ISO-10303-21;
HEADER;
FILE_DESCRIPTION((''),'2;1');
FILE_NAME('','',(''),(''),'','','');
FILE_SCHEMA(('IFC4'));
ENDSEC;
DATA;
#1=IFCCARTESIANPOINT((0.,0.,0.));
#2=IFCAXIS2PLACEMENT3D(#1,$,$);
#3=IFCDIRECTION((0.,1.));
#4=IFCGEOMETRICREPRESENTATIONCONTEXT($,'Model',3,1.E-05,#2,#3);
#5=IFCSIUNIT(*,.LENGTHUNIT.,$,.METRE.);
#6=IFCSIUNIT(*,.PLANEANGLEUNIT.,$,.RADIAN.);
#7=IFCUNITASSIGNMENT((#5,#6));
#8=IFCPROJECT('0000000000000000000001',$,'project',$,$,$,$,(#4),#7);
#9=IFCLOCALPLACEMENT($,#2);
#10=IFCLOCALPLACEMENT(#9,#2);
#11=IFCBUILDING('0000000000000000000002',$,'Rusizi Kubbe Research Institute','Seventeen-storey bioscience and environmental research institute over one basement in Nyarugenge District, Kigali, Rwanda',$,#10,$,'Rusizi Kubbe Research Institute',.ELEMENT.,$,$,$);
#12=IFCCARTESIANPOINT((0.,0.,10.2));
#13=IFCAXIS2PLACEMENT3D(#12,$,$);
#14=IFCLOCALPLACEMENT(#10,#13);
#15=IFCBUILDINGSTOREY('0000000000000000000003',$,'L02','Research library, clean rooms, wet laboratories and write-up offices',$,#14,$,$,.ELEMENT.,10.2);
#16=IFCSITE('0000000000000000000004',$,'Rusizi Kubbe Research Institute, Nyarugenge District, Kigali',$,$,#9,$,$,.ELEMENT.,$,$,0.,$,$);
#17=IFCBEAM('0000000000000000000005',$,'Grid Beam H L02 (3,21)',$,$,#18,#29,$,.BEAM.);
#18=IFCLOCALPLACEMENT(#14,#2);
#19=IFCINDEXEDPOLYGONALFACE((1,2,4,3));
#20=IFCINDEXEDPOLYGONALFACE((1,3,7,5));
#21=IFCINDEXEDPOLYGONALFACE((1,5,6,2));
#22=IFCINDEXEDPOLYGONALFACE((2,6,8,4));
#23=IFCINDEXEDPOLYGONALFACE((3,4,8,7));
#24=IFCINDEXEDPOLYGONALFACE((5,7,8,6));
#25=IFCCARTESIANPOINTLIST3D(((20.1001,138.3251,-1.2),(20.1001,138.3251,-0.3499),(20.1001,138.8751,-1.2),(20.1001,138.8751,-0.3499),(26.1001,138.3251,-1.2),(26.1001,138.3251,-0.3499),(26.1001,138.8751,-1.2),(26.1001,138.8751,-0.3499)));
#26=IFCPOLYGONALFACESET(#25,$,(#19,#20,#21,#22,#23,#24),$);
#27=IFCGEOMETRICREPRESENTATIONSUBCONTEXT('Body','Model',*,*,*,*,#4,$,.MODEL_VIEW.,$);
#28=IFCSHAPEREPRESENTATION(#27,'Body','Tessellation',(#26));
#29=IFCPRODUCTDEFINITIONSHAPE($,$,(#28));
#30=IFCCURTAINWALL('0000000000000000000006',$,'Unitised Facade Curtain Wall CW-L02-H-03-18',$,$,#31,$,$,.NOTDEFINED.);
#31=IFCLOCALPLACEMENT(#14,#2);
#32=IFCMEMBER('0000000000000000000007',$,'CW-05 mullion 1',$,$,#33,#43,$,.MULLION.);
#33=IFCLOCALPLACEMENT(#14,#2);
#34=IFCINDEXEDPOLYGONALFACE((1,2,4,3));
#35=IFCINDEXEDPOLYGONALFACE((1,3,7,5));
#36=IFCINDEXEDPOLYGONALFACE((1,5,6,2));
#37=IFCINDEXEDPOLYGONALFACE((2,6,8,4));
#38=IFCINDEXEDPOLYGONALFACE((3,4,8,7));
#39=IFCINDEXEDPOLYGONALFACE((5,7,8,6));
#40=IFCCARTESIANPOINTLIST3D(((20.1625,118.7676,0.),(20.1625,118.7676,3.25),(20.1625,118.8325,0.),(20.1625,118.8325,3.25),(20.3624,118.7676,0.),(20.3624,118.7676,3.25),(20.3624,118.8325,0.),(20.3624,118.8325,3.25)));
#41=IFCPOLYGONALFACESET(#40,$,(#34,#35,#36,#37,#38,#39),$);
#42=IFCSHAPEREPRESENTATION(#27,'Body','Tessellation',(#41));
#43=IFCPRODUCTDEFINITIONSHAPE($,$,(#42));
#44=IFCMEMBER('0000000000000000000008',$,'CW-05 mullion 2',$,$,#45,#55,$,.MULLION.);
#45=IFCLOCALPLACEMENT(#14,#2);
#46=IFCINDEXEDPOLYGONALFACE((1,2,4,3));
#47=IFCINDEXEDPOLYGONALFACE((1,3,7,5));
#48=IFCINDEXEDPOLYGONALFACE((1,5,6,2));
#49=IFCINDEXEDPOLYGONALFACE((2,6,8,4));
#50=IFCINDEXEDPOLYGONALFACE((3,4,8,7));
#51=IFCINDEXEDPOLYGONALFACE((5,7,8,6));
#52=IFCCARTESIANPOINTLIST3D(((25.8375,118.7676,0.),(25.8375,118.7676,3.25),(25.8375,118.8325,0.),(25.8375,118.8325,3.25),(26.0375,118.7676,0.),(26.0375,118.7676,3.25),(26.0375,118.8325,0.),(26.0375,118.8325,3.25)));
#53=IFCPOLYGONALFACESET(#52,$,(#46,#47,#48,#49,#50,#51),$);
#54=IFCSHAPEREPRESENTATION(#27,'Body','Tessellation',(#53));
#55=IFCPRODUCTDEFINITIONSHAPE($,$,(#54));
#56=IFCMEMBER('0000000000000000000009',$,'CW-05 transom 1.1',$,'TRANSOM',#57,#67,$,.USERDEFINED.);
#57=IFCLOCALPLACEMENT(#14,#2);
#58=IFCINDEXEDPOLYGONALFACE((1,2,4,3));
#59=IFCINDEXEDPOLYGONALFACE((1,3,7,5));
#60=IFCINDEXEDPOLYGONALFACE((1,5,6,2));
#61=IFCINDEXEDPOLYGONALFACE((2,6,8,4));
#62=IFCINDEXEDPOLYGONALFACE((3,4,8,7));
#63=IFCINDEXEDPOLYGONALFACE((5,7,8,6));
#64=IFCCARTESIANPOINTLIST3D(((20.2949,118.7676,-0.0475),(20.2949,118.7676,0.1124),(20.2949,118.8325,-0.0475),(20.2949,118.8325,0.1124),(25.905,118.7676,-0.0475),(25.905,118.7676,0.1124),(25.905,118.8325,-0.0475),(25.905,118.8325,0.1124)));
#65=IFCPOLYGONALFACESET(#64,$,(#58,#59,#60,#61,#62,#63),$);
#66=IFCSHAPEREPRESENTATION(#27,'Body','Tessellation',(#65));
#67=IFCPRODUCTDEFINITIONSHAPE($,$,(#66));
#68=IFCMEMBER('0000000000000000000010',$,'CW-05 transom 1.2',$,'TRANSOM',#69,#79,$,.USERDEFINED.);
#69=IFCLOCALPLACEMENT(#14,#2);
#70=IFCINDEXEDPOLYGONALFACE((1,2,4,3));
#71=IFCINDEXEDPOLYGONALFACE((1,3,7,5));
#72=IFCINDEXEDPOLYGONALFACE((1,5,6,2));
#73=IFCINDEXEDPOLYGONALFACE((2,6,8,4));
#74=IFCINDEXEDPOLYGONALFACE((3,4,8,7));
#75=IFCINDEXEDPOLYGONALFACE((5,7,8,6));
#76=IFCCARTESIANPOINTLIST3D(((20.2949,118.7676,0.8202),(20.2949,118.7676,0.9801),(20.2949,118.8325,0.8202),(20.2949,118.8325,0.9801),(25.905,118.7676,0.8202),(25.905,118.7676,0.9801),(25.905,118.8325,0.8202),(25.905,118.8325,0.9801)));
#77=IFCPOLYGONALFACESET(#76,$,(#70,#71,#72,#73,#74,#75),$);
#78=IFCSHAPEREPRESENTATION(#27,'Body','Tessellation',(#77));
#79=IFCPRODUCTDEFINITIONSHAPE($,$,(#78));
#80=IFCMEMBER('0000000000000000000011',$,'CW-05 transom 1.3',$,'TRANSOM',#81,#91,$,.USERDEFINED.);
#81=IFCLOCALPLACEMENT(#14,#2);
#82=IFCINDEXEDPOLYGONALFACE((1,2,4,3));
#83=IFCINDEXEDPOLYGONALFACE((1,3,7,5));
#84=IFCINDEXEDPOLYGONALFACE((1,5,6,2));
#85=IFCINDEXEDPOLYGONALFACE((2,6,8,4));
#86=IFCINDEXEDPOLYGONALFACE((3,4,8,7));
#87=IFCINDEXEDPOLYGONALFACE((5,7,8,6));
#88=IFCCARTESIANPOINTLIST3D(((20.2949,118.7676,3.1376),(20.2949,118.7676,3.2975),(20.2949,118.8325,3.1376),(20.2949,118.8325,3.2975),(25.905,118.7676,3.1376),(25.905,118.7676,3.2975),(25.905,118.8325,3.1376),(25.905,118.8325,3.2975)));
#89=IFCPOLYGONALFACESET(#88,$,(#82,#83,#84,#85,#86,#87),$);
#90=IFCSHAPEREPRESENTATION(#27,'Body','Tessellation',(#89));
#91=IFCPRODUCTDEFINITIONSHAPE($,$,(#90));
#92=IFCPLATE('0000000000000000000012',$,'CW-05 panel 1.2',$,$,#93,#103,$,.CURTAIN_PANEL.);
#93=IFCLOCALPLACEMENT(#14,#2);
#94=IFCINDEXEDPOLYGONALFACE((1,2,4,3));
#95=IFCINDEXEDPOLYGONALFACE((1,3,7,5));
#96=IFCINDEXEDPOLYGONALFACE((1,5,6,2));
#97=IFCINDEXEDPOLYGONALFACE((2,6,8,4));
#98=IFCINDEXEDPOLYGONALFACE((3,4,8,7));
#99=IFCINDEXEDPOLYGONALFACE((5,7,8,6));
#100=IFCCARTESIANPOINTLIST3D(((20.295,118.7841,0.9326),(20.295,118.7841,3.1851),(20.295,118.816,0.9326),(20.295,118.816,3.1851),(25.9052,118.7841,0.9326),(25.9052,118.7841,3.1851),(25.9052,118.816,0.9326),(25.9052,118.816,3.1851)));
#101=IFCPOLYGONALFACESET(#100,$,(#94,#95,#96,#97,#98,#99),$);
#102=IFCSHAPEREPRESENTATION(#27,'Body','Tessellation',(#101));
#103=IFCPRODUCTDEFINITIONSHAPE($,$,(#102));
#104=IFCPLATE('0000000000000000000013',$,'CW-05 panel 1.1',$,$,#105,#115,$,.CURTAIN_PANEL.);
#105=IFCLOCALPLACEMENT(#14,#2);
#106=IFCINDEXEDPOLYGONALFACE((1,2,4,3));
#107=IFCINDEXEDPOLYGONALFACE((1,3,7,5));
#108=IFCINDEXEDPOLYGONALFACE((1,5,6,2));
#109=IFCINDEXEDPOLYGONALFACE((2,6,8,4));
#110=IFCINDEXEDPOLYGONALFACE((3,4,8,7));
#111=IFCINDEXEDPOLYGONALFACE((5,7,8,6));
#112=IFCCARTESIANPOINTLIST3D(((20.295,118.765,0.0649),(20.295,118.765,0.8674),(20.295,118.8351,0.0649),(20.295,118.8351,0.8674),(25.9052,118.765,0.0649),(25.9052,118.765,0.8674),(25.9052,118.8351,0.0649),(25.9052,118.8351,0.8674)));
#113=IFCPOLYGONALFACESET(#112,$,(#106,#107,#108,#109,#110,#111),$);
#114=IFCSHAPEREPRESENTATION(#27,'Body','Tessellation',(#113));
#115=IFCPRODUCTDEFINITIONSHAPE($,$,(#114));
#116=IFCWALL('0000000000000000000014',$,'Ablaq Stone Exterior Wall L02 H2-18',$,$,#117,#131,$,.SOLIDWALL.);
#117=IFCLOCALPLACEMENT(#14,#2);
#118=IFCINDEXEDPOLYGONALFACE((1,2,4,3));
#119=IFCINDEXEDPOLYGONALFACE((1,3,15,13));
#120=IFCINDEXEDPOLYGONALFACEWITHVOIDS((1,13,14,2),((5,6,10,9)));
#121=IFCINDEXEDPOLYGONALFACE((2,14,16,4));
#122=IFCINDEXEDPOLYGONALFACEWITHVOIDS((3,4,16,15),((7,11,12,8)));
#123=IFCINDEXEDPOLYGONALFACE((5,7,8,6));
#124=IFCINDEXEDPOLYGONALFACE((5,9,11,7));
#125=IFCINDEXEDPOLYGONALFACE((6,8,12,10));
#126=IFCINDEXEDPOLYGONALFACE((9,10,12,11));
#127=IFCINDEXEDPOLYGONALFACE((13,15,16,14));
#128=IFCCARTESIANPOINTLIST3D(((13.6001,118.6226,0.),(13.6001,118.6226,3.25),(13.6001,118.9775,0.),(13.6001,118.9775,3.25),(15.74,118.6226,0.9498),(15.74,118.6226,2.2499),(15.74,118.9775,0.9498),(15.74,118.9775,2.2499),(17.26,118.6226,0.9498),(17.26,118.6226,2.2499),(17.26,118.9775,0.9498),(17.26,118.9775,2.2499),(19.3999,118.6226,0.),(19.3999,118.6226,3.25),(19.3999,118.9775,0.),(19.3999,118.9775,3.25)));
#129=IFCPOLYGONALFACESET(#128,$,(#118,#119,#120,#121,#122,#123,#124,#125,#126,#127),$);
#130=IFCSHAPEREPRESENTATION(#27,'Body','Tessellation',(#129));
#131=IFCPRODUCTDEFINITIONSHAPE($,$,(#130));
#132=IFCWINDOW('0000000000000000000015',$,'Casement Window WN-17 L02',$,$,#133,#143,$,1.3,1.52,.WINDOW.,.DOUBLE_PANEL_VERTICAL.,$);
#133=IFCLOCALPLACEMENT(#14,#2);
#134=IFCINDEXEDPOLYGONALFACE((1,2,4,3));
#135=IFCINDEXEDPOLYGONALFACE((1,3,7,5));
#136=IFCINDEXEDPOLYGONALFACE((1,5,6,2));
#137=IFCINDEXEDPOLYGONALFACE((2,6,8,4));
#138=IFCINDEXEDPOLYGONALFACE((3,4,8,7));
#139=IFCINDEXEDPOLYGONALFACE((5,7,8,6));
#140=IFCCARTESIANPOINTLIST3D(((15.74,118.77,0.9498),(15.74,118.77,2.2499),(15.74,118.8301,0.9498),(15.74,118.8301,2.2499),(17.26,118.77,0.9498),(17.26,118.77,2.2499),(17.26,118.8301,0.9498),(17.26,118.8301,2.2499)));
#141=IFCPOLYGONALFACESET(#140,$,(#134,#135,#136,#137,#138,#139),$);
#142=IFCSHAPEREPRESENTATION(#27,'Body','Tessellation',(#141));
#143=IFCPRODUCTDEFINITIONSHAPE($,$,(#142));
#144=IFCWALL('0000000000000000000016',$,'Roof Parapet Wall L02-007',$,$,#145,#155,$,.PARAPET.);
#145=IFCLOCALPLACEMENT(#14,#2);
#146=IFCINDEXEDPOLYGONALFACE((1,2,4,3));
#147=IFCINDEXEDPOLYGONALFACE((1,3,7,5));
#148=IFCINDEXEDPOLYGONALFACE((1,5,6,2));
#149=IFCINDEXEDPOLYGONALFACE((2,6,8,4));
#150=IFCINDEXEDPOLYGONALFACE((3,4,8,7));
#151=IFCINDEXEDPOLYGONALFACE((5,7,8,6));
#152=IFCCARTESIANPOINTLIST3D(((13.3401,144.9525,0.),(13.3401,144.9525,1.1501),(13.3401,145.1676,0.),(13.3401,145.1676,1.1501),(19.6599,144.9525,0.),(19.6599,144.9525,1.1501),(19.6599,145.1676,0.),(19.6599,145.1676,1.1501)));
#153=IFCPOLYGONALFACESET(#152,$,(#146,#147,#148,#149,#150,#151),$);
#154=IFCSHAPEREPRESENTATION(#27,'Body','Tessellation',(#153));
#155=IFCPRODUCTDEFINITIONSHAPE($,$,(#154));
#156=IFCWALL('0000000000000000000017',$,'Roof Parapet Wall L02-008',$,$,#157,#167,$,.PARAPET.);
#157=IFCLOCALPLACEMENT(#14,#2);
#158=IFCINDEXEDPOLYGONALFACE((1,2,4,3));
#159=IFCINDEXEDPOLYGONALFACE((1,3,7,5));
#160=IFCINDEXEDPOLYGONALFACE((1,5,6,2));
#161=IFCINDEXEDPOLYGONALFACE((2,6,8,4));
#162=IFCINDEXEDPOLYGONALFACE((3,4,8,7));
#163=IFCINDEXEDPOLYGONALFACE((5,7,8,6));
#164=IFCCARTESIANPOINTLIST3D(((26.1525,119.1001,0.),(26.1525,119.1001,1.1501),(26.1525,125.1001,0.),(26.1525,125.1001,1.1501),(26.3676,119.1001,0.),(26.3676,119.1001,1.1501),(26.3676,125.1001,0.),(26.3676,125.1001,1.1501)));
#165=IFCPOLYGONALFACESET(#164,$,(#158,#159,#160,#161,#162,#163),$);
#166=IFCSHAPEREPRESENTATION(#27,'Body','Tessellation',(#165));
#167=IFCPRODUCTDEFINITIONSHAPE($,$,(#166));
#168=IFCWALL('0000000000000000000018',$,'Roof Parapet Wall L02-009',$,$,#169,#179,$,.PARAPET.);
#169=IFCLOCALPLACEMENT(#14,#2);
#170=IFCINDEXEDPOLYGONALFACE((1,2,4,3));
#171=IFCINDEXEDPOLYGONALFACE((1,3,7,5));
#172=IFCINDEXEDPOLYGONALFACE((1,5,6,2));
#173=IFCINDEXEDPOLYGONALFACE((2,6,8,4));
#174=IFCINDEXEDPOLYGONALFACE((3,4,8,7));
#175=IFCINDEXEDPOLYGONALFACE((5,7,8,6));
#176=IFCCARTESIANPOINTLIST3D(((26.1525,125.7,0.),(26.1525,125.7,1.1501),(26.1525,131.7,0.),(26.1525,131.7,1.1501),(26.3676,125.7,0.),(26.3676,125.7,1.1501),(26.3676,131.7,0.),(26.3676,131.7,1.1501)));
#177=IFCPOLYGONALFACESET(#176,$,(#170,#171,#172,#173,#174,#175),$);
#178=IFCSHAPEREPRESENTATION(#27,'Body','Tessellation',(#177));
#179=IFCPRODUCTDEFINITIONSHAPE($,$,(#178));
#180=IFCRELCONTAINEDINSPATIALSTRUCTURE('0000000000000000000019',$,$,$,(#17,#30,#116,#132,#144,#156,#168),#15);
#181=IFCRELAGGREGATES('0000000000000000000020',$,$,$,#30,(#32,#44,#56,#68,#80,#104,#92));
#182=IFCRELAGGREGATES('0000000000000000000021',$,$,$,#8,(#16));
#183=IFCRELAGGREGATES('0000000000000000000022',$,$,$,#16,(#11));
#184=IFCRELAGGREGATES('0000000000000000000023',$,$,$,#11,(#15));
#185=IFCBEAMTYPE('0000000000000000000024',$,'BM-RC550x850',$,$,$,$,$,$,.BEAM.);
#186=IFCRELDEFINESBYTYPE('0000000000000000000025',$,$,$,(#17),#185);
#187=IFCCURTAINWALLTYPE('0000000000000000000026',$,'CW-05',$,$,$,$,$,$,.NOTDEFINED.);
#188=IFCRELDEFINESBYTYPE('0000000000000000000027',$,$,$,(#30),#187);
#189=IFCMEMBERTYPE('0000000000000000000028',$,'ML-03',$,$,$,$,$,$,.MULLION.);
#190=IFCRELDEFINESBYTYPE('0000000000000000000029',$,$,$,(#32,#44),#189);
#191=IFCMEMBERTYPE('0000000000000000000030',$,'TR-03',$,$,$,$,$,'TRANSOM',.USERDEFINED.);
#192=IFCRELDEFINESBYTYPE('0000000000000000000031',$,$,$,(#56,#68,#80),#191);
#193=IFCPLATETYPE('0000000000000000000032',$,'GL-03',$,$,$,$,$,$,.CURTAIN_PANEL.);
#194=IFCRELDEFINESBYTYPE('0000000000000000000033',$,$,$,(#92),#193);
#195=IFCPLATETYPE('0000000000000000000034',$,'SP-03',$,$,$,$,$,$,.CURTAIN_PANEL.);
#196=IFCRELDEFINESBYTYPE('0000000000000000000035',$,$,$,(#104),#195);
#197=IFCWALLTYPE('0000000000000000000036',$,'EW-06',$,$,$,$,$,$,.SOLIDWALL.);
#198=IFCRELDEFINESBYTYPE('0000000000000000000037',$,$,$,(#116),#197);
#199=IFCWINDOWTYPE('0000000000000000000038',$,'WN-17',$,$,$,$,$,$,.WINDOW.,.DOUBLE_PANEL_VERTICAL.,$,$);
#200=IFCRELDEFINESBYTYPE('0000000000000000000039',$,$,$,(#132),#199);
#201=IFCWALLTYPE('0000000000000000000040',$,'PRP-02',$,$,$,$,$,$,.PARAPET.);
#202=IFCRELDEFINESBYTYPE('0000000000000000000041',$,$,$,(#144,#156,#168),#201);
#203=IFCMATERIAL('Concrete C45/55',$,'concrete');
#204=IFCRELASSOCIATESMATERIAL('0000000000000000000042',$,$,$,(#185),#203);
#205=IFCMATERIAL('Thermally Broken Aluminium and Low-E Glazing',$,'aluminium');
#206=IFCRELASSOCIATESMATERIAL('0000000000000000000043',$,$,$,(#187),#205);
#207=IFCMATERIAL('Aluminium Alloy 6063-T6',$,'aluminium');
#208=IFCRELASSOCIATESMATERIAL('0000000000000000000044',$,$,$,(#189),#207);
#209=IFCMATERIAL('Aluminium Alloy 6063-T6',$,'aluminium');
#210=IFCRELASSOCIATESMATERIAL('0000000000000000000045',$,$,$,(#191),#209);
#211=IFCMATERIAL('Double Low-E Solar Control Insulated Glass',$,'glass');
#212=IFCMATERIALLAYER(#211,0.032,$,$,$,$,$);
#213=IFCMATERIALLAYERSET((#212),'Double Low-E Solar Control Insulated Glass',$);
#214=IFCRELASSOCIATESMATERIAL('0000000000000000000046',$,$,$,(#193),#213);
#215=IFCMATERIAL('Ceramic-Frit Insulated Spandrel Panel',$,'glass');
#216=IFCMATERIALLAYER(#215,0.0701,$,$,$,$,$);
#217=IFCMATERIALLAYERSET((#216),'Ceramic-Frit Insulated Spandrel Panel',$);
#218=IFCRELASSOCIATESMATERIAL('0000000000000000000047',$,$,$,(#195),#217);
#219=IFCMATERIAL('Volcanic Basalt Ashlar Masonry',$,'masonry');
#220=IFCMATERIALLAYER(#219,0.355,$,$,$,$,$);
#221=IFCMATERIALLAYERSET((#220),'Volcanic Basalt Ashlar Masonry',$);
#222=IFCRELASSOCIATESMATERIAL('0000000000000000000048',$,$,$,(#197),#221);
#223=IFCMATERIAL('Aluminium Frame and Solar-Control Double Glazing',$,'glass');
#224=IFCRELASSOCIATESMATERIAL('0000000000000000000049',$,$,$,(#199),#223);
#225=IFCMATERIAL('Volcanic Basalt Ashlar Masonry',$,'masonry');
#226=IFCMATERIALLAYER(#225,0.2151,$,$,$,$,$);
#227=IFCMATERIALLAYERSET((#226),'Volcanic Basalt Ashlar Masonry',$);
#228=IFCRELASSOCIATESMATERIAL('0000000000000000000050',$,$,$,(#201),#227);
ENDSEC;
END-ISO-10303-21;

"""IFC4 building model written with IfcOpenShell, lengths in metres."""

from ifc_helpers import new_model, si_unit, direction, frame, frame_2d, origin, origin_2d, place, context, subcontext, project, spatial, rectangle, extrude, material, layer, layer_set, material_profile, profile_set, type_object, element, fill, aggregate, save


model = new_model("IFC4")

# Units and contexts
model_context = context("Model", 3, precision=1e-05, world=origin(), true_north=direction((0.0, 1.0)))
body_context = subcontext(model_context, "Body", "Model", "MODEL_VIEW")
ifc_project = project(units=[si_unit("LENGTHUNIT", "METRE"), si_unit("PLANEANGLEUNIT", "RADIAN")], contexts=[model_context])

# Site, building, storey
site_placement = place(None, origin())
site = spatial("IfcSite", under=ifc_project, at=site_placement, Name="Rusizi Kubbe Research Institute, Nyarugenge District, Kigali", CompositionType="ELEMENT", RefElevation=0.0)
building_placement = place(site_placement, origin())
building = spatial("IfcBuilding", under=site, at=building_placement, Name="Rusizi Kubbe Research Institute", Description="Seventeen-storey bioscience and environmental research institute over one basement in Nyarugenge District, Kigali, Rwanda", LongName="Rusizi Kubbe Research Institute", CompositionType="ELEMENT")
storey_placement = place(building_placement, frame((0.0, 0.0, 10.2)))
storey = spatial("IfcBuildingStorey", under=building, at=storey_placement, Name="L02", Description="Research library, clean rooms, wet laboratories and write-up offices", CompositionType="ELEMENT", Elevation=10.2)

# Beam
ifc_material_1 = material(Name="Concrete C45/55", Category="concrete")
ifc_material_profile_1 = material_profile(ifc_material_1, rectangle(XDim=0.55, YDim=0.8501, at=origin_2d()), Name="RC550x850")
ifc_profile_set_1 = profile_set([ifc_material_profile_1], Name="Concrete C45/55")
beam_type_1 = type_object("IfcBeamType", Name="BM-RC550x850", PredefinedType="BEAM", material=ifc_profile_set_1)
beam_1_placement = place(storey_placement, frame((20.1001, 138.6001, -0.7749), z_axis=(1.0, 0.0, 0.0), x_axis=(0.0, 1.0, 0.0)))
element("IfcBeam", 1, at=beam_1_placement, inside=storey, type_object=beam_type_1, Name="Grid Beam H L02 (3,21)", PredefinedType="BEAM", context=body_context, shape_type="SweptSolid", body=[
    extrude(rectangle(XDim=0.55, YDim=0.8501, at=origin_2d()), origin(), (0.0, 0.0, 1.0), 6.0),
])

# Curtain wall, members, plates
ifc_material_2 = material(Name="Thermally Broken Aluminium and Low-E Glazing", Category="aluminium")
curtain_wall_type = type_object("IfcCurtainWallType", Name="CW-05", PredefinedType="NOTDEFINED", material=ifc_material_2)
curtain_wall_placement = place(storey_placement, origin())
curtain_wall = element("IfcCurtainWall", 2, at=curtain_wall_placement, inside=storey, type_object=curtain_wall_type, Name="Unitised Facade Curtain Wall CW-L02-H-03-18", PredefinedType="NOTDEFINED")
ifc_material_3 = material(Name="Aluminium Alloy 6063-T6", Category="aluminium")
ifc_material_profile_2 = material_profile(ifc_material_3, rectangle(XDim=0.0649, YDim=0.2, at=origin_2d()), Name="ALU-M 65x200")
ifc_profile_set_2 = profile_set([ifc_material_profile_2], Name="Aluminium Alloy 6063-T6")
member_type_1 = type_object("IfcMemberType", Name="ML-03", PredefinedType="MULLION", material=ifc_profile_set_2)
member_1_placement = place(storey_placement, frame((20.2625, 118.8, 0.0), z_axis=(0.0, 0.0, 1.0), x_axis=(0.0, 1.0, 0.0)))
member_1 = element("IfcMember", 3, at=member_1_placement, type_object=member_type_1, Name="CW-05 mullion 1", PredefinedType="MULLION", context=body_context, shape_type="SweptSolid", body=[
    extrude(rectangle(XDim=0.0649, YDim=0.2, at=origin_2d()), origin(), (0.0, 0.0, 1.0), 3.25),
])
member_2_placement = place(storey_placement, frame((25.9375, 118.8, 0.0), z_axis=(0.0, 0.0, 1.0), x_axis=(0.0, 1.0, 0.0)))
member_2 = element("IfcMember", 4, at=member_2_placement, type_object=member_type_1, Name="CW-05 mullion 2", PredefinedType="MULLION", context=body_context, shape_type="SweptSolid", body=[
    extrude(rectangle(XDim=0.0649, YDim=0.2, at=origin_2d()), origin(), (0.0, 0.0, 1.0), 3.25),
])
ifc_material_4 = material(Name="Aluminium Alloy 6063-T6", Category="aluminium")
ifc_material_profile_3 = material_profile(ifc_material_4, rectangle(XDim=0.0649, YDim=0.1599, at=origin_2d()), Name="ALU-T 65x160")
ifc_profile_set_3 = profile_set([ifc_material_profile_3], Name="Aluminium Alloy 6063-T6")
member_type_2 = type_object("IfcMemberType", Name="TR-03", ElementType="TRANSOM", PredefinedType="USERDEFINED", material=ifc_profile_set_3)
member_3_placement = place(storey_placement, frame((20.2949, 118.8, 0.0325), z_axis=(1.0, 0.0, 0.0), x_axis=(0.0, 1.0, 0.0)))
member_3 = element("IfcMember", 5, at=member_3_placement, type_object=member_type_2, Name="CW-05 transom 1.1", ObjectType="TRANSOM", PredefinedType="USERDEFINED", context=body_context, shape_type="SweptSolid", body=[
    extrude(rectangle(XDim=0.0649, YDim=0.1599, at=origin_2d()), origin(), (0.0, 0.0, 1.0), 5.6101),
])
member_4_placement = place(storey_placement, frame((20.2949, 118.8, 0.9001), z_axis=(1.0, 0.0, 0.0), x_axis=(0.0, 1.0, 0.0)))
member_4 = element("IfcMember", 6, at=member_4_placement, type_object=member_type_2, Name="CW-05 transom 1.2", ObjectType="TRANSOM", PredefinedType="USERDEFINED", context=body_context, shape_type="SweptSolid", body=[
    extrude(rectangle(XDim=0.0649, YDim=0.1599, at=origin_2d()), origin(), (0.0, 0.0, 1.0), 5.6101),
])
member_5_placement = place(storey_placement, frame((20.2949, 118.8, 3.2175), z_axis=(1.0, 0.0, 0.0), x_axis=(0.0, 1.0, 0.0)))
member_5 = element("IfcMember", 7, at=member_5_placement, type_object=member_type_2, Name="CW-05 transom 1.3", ObjectType="TRANSOM", PredefinedType="USERDEFINED", context=body_context, shape_type="SweptSolid", body=[
    extrude(rectangle(XDim=0.0649, YDim=0.1599, at=origin_2d()), origin(), (0.0, 0.0, 1.0), 5.6101),
])
ifc_material_5 = material(Name="Double Low-E Solar Control Insulated Glass", Category="glass")
ifc_layer_1 = layer(ifc_material_5, 0.032)
ifc_layer_set_1 = layer_set([ifc_layer_1], Name="Double Low-E Solar Control Insulated Glass")
plate_type_1 = type_object("IfcPlateType", Name="GL-03", PredefinedType="CURTAIN_PANEL", material=ifc_layer_set_1)
plate_1_placement = place(storey_placement, frame((23.1001, 118.8, 0.9326), z_axis=(0.0, 0.0, 1.0), x_axis=(1.0, 0.0, 0.0)))
plate_1 = element("IfcPlate", 8, at=plate_1_placement, type_object=plate_type_1, Name="CW-05 panel 1.2", PredefinedType="CURTAIN_PANEL", context=body_context, shape_type="SweptSolid", body=[
    extrude(rectangle(XDim=5.6101, YDim=0.032, at=origin_2d()), origin(), (0.0, 0.0, 1.0), 2.2524),
])
ifc_material_6 = material(Name="Ceramic-Frit Insulated Spandrel Panel", Category="glass")
ifc_layer_2 = layer(ifc_material_6, 0.0701)
ifc_layer_set_2 = layer_set([ifc_layer_2], Name="Ceramic-Frit Insulated Spandrel Panel")
plate_type_2 = type_object("IfcPlateType", Name="SP-03", PredefinedType="CURTAIN_PANEL", material=ifc_layer_set_2)
plate_2_placement = place(storey_placement, frame((23.1001, 118.8, 0.0649), z_axis=(0.0, 0.0, 1.0), x_axis=(1.0, 0.0, 0.0)))
plate_2 = element("IfcPlate", 9, at=plate_2_placement, type_object=plate_type_2, Name="CW-05 panel 1.1", PredefinedType="CURTAIN_PANEL", context=body_context, shape_type="SweptSolid", body=[
    extrude(rectangle(XDim=5.6101, YDim=0.0701, at=origin_2d()), origin(), (0.0, 0.0, 1.0), 0.8025),
])
aggregate(curtain_wall, [member_1, member_2, member_3, member_4, member_5, plate_2, plate_1])

# Wall, opening, window
ifc_material_7 = material(Name="Volcanic Basalt Ashlar Masonry", Category="masonry")
ifc_layer_3 = layer(ifc_material_7, 0.355)
ifc_layer_set_3 = layer_set([ifc_layer_3], Name="Volcanic Basalt Ashlar Masonry")
wall_type_1 = type_object("IfcWallType", Name="EW-06", PredefinedType="SOLIDWALL", material=ifc_layer_set_3)
wall_1_placement = place(storey_placement, frame((13.6001, 118.8, 0.0), z_axis=(0.0, 0.0, 1.0), x_axis=(1.0, 0.0, 0.0)))
wall_1 = element("IfcWall", 10, at=wall_1_placement, inside=storey, type_object=wall_type_1, Name="Ablaq Stone Exterior Wall L02 H2-18", PredefinedType="SOLIDWALL", context=body_context, shape_type="SweptSolid", body=[
    extrude(rectangle(XDim=5.7998, YDim=0.355, at=frame_2d((2.8999, 0.0))), origin(), (0.0, 0.0, 1.0), 3.25),
])
opening_placement = place(wall_1_placement, frame((2.1399, 0.0, 0.95)))
opening = element("IfcOpeningElement", 11, at=opening_placement, cuts=wall_1, PredefinedType="OPENING", context=body_context, shape_type="SweptSolid", body=[
    extrude(rectangle(XDim=1.52, YDim=1.3, at=frame_2d((0.76, 0.6499))), frame((0.0, 0.1875, 0.0), z_axis=(0.0, -1.0, 0.0), x_axis=(1.0, 0.0, 0.0)), (0.0, 0.0, 1.0), 0.375),
])
ifc_material_8 = material(Name="Aluminium Frame and Solar-Control Double Glazing", Category="glass")
window_type = type_object("IfcWindowType", Name="WN-17", PartitioningType="DOUBLE_PANEL_VERTICAL", PredefinedType="WINDOW", material=ifc_material_8)
window_placement = place(opening_placement, origin())
window = element("IfcWindow", 12, at=window_placement, inside=storey, type_object=window_type, Name="Casement Window WN-17 L02", OverallHeight=1.3, OverallWidth=1.52, PartitioningType="DOUBLE_PANEL_VERTICAL", PredefinedType="WINDOW", context=body_context, shape_type="SweptSolid", body=[
    extrude(rectangle(XDim=1.52, YDim=1.3, at=frame_2d((0.76, 0.6499))), frame((0.0, 0.03, 0.0), z_axis=(0.0, -1.0, 0.0), x_axis=(1.0, 0.0, 0.0)), (0.0, 0.0, 1.0), 0.0601),
])
fill(opening, window)

# Walls
ifc_material_9 = material(Name="Volcanic Basalt Ashlar Masonry", Category="masonry")
ifc_layer_4 = layer(ifc_material_9, 0.2151)
ifc_layer_set_4 = layer_set([ifc_layer_4], Name="Volcanic Basalt Ashlar Masonry")
wall_type_2 = type_object("IfcWallType", Name="PRP-02", PredefinedType="PARAPET", material=ifc_layer_set_4)
wall_2_placement = place(storey_placement, frame((13.3401, 145.0601, 0.0), z_axis=(0.0, 0.0, 1.0), x_axis=(1.0, 0.0, 0.0)))
element("IfcWall", 13, at=wall_2_placement, inside=storey, type_object=wall_type_2, Name="Roof Parapet Wall L02-007", PredefinedType="PARAPET", context=body_context, shape_type="SweptSolid", body=[
    extrude(rectangle(XDim=6.3198, YDim=0.2151, at=frame_2d((3.1599, 0.0))), origin(), (0.0, 0.0, 1.0), 1.1501),
])
for number, where, z_axis, x_axis, name in (
    (14, (26.26, 119.1001, 0.0), (0.0, 0.0, 1.0), (0.0, 1.0, 0.0), "Roof Parapet Wall L02-008"),
    (15, (26.26, 125.7, 0.0), (0.0, 0.0, 1.0), (0.0, 1.0, 0.0), "Roof Parapet Wall L02-009"),
):
    element("IfcWall", number, at=place(storey_placement, frame(where, z_axis=z_axis, x_axis=x_axis)), inside=storey, type_object=wall_type_2, Name=name, PredefinedType="PARAPET", context=body_context, shape_type="SweptSolid", body=[
        extrude(rectangle(XDim=6.0, YDim=0.2151, at=frame_2d((3.0, 0.0))), origin(), (0.0, 0.0, 1.0), 1.1501),
    ])

save(model, "model.ifc")
